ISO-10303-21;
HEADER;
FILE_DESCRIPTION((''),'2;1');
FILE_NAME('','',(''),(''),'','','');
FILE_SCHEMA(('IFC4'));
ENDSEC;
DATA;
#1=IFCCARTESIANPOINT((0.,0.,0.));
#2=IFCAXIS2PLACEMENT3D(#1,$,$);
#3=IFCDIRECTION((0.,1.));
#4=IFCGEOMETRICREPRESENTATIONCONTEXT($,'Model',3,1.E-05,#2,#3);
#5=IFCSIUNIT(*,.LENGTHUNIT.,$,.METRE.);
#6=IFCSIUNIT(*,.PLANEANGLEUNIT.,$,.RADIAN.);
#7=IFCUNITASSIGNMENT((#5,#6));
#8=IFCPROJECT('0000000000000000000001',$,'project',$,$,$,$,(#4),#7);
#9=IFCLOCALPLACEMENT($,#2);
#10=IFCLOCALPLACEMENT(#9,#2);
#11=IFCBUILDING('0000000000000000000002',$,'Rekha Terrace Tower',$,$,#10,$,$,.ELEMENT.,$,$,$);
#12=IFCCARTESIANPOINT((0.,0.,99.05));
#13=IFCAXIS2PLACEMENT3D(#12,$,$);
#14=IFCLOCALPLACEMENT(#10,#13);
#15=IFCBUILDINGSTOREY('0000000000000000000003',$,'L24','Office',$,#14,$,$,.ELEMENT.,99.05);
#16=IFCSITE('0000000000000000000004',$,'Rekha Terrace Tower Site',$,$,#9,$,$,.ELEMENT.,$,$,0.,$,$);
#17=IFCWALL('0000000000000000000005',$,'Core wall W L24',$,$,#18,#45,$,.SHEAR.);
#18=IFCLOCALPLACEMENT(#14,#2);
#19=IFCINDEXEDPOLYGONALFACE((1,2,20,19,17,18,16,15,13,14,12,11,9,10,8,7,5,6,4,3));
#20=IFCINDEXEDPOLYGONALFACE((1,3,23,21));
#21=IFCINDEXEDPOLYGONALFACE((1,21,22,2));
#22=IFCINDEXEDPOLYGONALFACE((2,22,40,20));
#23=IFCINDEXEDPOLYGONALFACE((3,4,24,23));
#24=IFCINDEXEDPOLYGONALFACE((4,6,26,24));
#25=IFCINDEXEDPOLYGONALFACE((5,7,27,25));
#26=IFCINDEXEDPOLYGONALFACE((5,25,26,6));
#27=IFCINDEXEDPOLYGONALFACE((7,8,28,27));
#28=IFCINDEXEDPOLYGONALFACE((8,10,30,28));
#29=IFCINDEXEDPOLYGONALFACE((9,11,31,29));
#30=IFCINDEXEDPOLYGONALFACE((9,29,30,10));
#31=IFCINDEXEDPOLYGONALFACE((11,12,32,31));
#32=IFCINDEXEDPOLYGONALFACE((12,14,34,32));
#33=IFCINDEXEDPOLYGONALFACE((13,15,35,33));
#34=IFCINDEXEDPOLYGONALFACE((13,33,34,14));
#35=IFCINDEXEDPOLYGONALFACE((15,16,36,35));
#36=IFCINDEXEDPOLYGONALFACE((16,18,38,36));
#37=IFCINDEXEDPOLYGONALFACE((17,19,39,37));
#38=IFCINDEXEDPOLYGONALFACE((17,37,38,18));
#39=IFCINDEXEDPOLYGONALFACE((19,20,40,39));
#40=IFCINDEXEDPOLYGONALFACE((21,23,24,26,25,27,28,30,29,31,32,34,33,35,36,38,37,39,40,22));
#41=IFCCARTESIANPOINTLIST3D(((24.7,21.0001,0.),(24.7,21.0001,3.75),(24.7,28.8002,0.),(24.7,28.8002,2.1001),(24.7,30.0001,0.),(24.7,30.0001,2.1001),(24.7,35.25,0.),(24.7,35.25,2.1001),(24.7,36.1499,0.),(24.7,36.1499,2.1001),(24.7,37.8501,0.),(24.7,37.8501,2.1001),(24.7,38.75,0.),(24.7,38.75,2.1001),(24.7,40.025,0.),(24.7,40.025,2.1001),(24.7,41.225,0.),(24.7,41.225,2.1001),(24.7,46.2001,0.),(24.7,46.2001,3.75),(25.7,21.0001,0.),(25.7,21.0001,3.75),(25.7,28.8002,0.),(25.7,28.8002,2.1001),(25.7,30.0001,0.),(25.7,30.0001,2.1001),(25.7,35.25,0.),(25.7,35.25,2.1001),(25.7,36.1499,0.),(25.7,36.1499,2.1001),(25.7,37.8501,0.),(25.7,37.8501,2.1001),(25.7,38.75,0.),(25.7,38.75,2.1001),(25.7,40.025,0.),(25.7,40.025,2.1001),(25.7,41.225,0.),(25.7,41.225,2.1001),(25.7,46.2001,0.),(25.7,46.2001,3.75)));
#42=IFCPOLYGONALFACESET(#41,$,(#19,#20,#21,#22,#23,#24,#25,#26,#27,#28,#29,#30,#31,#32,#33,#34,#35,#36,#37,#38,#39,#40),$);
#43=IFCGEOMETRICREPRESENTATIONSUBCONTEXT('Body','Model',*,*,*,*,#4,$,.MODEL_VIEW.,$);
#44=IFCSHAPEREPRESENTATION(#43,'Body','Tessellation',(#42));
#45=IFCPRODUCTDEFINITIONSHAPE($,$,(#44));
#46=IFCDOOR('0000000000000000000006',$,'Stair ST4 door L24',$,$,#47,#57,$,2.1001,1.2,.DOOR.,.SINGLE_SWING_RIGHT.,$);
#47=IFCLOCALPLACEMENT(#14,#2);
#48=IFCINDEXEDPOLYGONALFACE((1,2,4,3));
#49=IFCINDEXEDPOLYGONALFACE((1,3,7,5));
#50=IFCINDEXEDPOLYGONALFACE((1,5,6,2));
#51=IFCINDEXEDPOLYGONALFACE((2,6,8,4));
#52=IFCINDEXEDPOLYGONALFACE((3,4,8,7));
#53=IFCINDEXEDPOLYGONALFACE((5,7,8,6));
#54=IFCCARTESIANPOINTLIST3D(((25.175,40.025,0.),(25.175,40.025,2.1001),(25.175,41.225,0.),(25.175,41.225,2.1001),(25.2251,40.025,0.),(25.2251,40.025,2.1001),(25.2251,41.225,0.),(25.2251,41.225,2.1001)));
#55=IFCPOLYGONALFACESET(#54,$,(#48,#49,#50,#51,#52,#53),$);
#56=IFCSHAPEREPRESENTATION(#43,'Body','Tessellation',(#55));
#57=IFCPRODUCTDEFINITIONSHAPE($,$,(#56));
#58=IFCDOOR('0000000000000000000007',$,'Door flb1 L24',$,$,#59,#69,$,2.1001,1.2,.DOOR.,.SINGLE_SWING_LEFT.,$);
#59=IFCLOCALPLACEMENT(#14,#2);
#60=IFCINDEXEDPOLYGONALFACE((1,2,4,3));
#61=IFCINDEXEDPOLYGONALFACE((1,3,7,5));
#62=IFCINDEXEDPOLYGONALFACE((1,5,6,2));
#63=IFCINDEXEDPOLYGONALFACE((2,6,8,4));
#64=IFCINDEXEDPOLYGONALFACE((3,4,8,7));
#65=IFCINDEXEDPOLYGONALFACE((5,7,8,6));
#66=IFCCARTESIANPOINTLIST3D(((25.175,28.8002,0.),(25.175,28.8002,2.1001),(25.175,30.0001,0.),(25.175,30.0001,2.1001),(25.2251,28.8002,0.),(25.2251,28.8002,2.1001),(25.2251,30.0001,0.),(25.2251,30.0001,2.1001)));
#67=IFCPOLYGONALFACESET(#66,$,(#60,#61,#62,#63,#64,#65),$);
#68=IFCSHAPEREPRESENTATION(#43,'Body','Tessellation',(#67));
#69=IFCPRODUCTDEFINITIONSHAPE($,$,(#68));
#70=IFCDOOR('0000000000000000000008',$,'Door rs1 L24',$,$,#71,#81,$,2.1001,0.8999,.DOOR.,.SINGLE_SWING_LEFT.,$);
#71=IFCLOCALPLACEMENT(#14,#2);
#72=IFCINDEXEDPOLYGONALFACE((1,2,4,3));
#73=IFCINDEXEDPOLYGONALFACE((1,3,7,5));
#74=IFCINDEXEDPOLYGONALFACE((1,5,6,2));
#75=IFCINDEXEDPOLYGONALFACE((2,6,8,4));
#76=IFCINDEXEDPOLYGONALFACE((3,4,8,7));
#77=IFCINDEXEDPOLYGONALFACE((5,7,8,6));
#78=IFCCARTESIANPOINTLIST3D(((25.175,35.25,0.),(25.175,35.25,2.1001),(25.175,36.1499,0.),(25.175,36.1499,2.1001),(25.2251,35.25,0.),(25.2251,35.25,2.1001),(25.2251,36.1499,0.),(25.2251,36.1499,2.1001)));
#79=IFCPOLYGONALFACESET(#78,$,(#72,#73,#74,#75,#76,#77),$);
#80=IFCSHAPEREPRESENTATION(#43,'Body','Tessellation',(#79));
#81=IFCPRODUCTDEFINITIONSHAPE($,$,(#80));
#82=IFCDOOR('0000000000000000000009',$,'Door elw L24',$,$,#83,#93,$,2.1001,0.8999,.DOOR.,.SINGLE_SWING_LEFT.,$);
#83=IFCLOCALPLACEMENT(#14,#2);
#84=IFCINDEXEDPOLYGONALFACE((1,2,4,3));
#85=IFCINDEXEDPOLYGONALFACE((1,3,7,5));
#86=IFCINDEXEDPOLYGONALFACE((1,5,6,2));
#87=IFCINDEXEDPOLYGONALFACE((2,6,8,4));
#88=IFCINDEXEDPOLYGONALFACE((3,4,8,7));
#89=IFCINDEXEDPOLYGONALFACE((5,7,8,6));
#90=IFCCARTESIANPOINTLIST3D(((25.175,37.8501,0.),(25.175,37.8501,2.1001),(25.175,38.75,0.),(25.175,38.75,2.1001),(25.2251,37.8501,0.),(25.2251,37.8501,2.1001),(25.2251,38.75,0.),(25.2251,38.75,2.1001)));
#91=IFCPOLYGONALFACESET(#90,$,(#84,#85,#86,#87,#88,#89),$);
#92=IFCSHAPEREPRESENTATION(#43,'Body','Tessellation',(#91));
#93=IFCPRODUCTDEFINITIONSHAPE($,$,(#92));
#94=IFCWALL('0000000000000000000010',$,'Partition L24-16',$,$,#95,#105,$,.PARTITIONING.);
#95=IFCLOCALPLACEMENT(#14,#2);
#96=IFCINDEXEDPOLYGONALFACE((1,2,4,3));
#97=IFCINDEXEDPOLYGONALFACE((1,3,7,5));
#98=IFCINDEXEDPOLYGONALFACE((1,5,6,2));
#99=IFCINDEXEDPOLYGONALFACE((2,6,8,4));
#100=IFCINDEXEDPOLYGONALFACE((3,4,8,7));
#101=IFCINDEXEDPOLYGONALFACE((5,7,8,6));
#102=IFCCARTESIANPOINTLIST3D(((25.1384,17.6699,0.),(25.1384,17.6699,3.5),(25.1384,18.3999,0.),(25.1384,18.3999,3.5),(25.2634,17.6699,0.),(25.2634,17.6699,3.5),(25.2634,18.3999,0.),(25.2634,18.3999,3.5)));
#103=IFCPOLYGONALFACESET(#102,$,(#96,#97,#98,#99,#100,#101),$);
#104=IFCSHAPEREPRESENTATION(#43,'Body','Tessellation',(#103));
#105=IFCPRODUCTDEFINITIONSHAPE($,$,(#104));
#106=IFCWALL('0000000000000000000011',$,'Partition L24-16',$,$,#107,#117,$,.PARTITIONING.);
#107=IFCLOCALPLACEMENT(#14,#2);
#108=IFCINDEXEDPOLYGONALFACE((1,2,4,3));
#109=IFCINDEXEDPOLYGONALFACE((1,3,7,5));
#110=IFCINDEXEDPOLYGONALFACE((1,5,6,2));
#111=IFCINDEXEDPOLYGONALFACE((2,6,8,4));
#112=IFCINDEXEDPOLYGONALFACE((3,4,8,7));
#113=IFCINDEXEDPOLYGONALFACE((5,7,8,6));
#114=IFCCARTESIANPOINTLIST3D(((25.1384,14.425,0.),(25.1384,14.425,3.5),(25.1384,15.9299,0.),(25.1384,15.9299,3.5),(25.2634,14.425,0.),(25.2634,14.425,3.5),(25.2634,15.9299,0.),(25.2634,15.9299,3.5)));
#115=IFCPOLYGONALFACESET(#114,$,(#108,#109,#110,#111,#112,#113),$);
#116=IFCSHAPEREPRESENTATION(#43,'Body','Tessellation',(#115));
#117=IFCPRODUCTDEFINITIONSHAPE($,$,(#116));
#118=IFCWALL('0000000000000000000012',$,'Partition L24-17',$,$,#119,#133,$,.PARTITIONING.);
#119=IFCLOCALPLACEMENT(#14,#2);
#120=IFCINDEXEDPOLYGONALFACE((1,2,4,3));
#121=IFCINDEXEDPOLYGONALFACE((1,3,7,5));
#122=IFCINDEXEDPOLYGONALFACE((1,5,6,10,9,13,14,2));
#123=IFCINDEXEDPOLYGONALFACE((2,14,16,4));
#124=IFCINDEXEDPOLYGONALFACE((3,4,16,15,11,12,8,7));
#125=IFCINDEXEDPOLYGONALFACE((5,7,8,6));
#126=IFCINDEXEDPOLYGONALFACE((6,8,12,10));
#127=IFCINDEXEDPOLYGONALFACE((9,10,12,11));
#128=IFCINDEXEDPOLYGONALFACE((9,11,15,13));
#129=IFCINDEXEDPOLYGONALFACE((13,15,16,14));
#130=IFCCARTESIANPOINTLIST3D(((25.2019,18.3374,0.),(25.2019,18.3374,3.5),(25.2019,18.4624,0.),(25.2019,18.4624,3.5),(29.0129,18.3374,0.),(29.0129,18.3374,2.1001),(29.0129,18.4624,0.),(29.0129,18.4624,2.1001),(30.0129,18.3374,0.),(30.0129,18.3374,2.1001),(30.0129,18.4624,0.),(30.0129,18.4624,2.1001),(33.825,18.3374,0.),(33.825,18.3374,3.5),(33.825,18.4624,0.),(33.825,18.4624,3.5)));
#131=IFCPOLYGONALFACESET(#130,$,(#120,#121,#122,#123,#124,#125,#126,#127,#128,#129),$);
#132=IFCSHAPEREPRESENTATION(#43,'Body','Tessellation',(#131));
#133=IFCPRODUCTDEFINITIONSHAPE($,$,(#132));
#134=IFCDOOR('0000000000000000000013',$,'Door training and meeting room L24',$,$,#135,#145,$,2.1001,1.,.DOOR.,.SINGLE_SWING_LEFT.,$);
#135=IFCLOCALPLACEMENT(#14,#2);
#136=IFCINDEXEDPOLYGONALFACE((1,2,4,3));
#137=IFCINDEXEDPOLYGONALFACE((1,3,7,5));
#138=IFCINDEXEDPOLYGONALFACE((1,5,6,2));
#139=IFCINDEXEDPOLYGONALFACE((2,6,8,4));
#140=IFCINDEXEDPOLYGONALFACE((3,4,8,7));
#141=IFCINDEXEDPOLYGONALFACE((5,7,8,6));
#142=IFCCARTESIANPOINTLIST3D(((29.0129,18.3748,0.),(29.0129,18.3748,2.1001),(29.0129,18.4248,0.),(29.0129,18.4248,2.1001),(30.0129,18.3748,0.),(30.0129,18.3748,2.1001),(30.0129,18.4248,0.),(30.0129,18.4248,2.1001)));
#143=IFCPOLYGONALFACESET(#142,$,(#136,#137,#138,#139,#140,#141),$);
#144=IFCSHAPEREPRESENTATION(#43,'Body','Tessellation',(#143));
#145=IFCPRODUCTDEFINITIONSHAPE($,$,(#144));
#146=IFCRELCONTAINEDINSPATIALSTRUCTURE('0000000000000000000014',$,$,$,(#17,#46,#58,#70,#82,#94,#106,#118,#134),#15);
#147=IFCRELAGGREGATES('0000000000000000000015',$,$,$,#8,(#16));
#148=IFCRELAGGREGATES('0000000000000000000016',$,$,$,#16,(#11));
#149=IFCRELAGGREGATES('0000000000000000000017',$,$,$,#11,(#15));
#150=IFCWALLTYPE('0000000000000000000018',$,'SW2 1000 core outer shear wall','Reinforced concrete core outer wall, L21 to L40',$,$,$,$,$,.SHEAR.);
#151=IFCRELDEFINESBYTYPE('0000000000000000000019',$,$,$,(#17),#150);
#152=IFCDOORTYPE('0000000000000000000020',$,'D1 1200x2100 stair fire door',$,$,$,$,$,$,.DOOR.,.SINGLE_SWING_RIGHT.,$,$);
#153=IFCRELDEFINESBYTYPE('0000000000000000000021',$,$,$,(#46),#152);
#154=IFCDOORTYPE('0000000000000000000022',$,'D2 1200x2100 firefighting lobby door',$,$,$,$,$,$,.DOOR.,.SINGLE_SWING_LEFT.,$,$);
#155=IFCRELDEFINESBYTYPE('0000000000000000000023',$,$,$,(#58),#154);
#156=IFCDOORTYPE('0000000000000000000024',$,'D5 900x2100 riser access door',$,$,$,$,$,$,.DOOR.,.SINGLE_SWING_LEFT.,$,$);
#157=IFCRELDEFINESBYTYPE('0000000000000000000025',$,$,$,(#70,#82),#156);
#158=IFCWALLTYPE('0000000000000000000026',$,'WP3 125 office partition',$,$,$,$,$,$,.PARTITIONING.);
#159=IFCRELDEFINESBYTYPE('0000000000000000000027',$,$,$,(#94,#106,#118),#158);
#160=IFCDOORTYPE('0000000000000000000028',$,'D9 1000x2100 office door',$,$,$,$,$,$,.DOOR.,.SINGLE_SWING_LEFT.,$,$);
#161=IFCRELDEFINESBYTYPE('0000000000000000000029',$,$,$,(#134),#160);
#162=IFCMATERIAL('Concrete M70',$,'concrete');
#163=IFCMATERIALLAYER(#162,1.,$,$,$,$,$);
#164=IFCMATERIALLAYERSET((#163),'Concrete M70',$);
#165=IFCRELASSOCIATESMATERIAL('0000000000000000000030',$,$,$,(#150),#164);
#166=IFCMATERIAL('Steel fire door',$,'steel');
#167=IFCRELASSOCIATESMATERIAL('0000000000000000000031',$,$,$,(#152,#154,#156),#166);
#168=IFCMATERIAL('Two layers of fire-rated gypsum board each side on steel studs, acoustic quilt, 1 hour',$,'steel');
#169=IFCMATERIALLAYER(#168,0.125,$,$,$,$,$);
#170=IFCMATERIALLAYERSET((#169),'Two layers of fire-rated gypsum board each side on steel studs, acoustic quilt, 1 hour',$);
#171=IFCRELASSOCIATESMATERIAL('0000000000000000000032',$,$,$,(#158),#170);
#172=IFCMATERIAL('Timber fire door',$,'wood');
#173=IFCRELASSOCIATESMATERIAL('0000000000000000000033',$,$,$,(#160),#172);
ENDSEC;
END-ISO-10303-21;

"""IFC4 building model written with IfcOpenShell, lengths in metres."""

from ifc_helpers import new_model, si_unit, direction, frame, frame_2d, origin, place, context, subcontext, project, spatial, rectangle, extrude, material, layer, layer_set, type_object, element, fill, save


model = new_model("IFC4")

# Units and contexts
model_context = context("Model", 3, precision=1e-05, world=origin(), true_north=direction((0.0, 1.0)))
body_context = subcontext(model_context, "Body", "Model", "MODEL_VIEW")
ifc_project = project(units=[si_unit("LENGTHUNIT", "METRE"), si_unit("PLANEANGLEUNIT", "RADIAN")], contexts=[model_context])

# Site, building, storey
site_placement = place(None, origin())
site = spatial("IfcSite", under=ifc_project, at=site_placement, Name="Rekha Terrace Tower Site", CompositionType="ELEMENT", RefElevation=0.0)
building_placement = place(site_placement, origin())
building = spatial("IfcBuilding", under=site, at=building_placement, Name="Rekha Terrace Tower", CompositionType="ELEMENT")
storey_placement = place(building_placement, frame((0.0, 0.0, 99.05)))
storey = spatial("IfcBuildingStorey", under=building, at=storey_placement, Name="L24", Description="Office", CompositionType="ELEMENT", Elevation=99.05)

# Shared definitions
ifc_material_1 = material(Name="Concrete M70", Category="concrete")

# Shared definitions
ifc_layer_1 = layer(ifc_material_1, 1.0)
ifc_layer_set_1 = layer_set([ifc_layer_1], Name="Concrete M70")
wall_type_1 = type_object("IfcWallType", Name="SW2 1000 core outer shear wall", Description="Reinforced concrete core outer wall, L21 to L40", PredefinedType="SHEAR", material=ifc_layer_set_1)

# Wall, openings, doors
wall_1_placement = place(storey_placement, frame((25.2, 21.0, 0.0), z_axis=(0.0, 0.0, 1.0), x_axis=(0.0, 1.0, 0.0)))
wall_1 = element("IfcWall", 1, at=wall_1_placement, inside=storey, type_object=wall_type_1, Name="Core wall W L24", PredefinedType="SHEAR", context=body_context, shape_type="SweptSolid", body=[
    extrude(rectangle(XDim=25.2, YDim=1.0, at=frame_2d((12.6001, 0.0))), origin(), (0.0, 0.0, 1.0), 3.75),
])
opening_1_placement = place(wall_1_placement, frame((7.8, 0.0, 0.0)))
opening_1 = element("IfcOpeningElement", 2, at=opening_1_placement, cuts=wall_1, PredefinedType="OPENING", context=body_context, shape_type="SweptSolid", body=[
    extrude(rectangle(XDim=1.2, YDim=2.1001, at=frame_2d((0.6001, 1.05))), frame((0.0, 0.51, 0.0), z_axis=(0.0, -1.0, 0.0), x_axis=(1.0, 0.0, 0.0)), (0.0, 0.0, 1.0), 1.02),
])
opening_2_placement = place(wall_1_placement, frame((14.25, 0.0, 0.0)))
opening_2 = element("IfcOpeningElement", 3, at=opening_2_placement, cuts=wall_1, PredefinedType="OPENING", context=body_context, shape_type="SweptSolid", body=[
    extrude(rectangle(XDim=0.8999, YDim=2.1001, at=frame_2d((0.45, 1.05))), frame((0.0, 0.51, 0.0), z_axis=(0.0, -1.0, 0.0), x_axis=(1.0, 0.0, 0.0)), (0.0, 0.0, 1.0), 1.02),
])
opening_3_placement = place(wall_1_placement, frame((16.8501, 0.0, 0.0)))
opening_3 = element("IfcOpeningElement", 4, at=opening_3_placement, cuts=wall_1, PredefinedType="OPENING", context=body_context, shape_type="SweptSolid", body=[
    extrude(rectangle(XDim=0.8999, YDim=2.1001, at=frame_2d((0.45, 1.05))), frame((0.0, 0.51, 0.0), z_axis=(0.0, -1.0, 0.0), x_axis=(1.0, 0.0, 0.0)), (0.0, 0.0, 1.0), 1.02),
])
opening_4_placement = place(wall_1_placement, frame((19.0249, 0.0, 0.0)))
opening_4 = element("IfcOpeningElement", 5, at=opening_4_placement, cuts=wall_1, PredefinedType="OPENING", context=body_context, shape_type="SweptSolid", body=[
    extrude(rectangle(XDim=1.2, YDim=2.1001, at=frame_2d((0.6001, 1.05))), frame((0.0, 0.51, 0.0), z_axis=(0.0, -1.0, 0.0), x_axis=(1.0, 0.0, 0.0)), (0.0, 0.0, 1.0), 1.02),
])
ifc_material_2 = material(Name="Steel fire door", Category="steel")
door_type_1 = type_object("IfcDoorType", Name="D1 1200x2100 stair fire door", OperationType="SINGLE_SWING_RIGHT", PredefinedType="DOOR", material=ifc_material_2)
door_1_placement = place(opening_4_placement, origin())
door_1 = element("IfcDoor", 6, at=door_1_placement, inside=storey, type_object=door_type_1, Name="Stair ST4 door L24", OperationType="SINGLE_SWING_RIGHT", OverallHeight=2.1001, OverallWidth=1.2, PredefinedType="DOOR", context=body_context, shape_type="SweptSolid", body=[
    extrude(rectangle(XDim=1.2, YDim=2.1001, at=frame_2d((0.6001, 1.05))), frame((0.0, 0.0249, 0.0), z_axis=(0.0, -1.0, 0.0), x_axis=(1.0, 0.0, 0.0)), (0.0, 0.0, 1.0), 0.05),
])
fill(opening_4, door_1)
door_type_2 = type_object("IfcDoorType", Name="D2 1200x2100 firefighting lobby door", OperationType="SINGLE_SWING_LEFT", PredefinedType="DOOR", material=ifc_material_2)
door_2_placement = place(opening_1_placement, origin())
door_2 = element("IfcDoor", 7, at=door_2_placement, inside=storey, type_object=door_type_2, Name="Door flb1 L24", OperationType="SINGLE_SWING_LEFT", OverallHeight=2.1001, OverallWidth=1.2, PredefinedType="DOOR", context=body_context, shape_type="SweptSolid", body=[
    extrude(rectangle(XDim=1.2, YDim=2.1001, at=frame_2d((0.6001, 1.05))), frame((0.0, 0.0249, 0.0), z_axis=(0.0, -1.0, 0.0), x_axis=(1.0, 0.0, 0.0)), (0.0, 0.0, 1.0), 0.05),
])
fill(opening_1, door_2)
door_type_3 = type_object("IfcDoorType", Name="D5 900x2100 riser access door", OperationType="SINGLE_SWING_LEFT", PredefinedType="DOOR", material=ifc_material_2)
door_3_placement = place(opening_2_placement, origin())
door_3 = element("IfcDoor", 8, at=door_3_placement, inside=storey, type_object=door_type_3, Name="Door rs1 L24", OperationType="SINGLE_SWING_LEFT", OverallHeight=2.1001, OverallWidth=0.8999, PredefinedType="DOOR", context=body_context, shape_type="SweptSolid", body=[
    extrude(rectangle(XDim=0.8999, YDim=2.1001, at=frame_2d((0.45, 1.05))), frame((0.0, 0.0249, 0.0), z_axis=(0.0, -1.0, 0.0), x_axis=(1.0, 0.0, 0.0)), (0.0, 0.0, 1.0), 0.05),
])
fill(opening_2, door_3)
door_4_placement = place(opening_3_placement, origin())
door_4 = element("IfcDoor", 9, at=door_4_placement, inside=storey, type_object=door_type_3, Name="Door elw L24", OperationType="SINGLE_SWING_LEFT", OverallHeight=2.1001, OverallWidth=0.8999, PredefinedType="DOOR", context=body_context, shape_type="SweptSolid", body=[
    extrude(rectangle(XDim=0.8999, YDim=2.1001, at=frame_2d((0.45, 1.05))), frame((0.0, 0.0249, 0.0), z_axis=(0.0, -1.0, 0.0), x_axis=(1.0, 0.0, 0.0)), (0.0, 0.0, 1.0), 0.05),
])
fill(opening_3, door_4)

# Walls
ifc_material_3 = material(Name="Two layers of fire-rated gypsum board each side on steel studs, acoustic quilt, 1 hour", Category="steel")
ifc_layer_2 = layer(ifc_material_3, 0.125)
ifc_layer_set_2 = layer_set([ifc_layer_2], Name="Two layers of fire-rated gypsum board each side on steel studs, acoustic quilt, 1 hour")
wall_type_2 = type_object("IfcWallType", Name="WP3 125 office partition", PredefinedType="PARTITIONING", material=ifc_layer_set_2)
wall_2_placement = place(storey_placement, frame((25.2009, 18.3999, 0.0), z_axis=(0.0, 0.0, 1.0), x_axis=(0.0, -1.0, 0.0)))
element("IfcWall", 10, at=wall_2_placement, inside=storey, type_object=wall_type_2, Name="Partition L24-16", PredefinedType="PARTITIONING", context=body_context, shape_type="SweptSolid", body=[
    extrude(rectangle(XDim=0.73, YDim=0.125, at=frame_2d((0.365, 0.0))), origin(), (0.0, 0.0, 1.0), 3.5),
])
wall_3_placement = place(storey_placement, frame((25.2009, 15.9299, 0.0), z_axis=(0.0, 0.0, 1.0), x_axis=(0.0, -1.0, 0.0)))
element("IfcWall", 11, at=wall_3_placement, inside=storey, type_object=wall_type_2, Name="Partition L24-16", PredefinedType="PARTITIONING", context=body_context, shape_type="SweptSolid", body=[
    extrude(rectangle(XDim=1.5049, YDim=0.125, at=frame_2d((0.7524, 0.0))), origin(), (0.0, 0.0, 1.0), 3.5),
])

# Wall, opening, door
wall_4_placement = place(storey_placement, frame((25.2019, 18.3999, 0.0), z_axis=(0.0, 0.0, 1.0), x_axis=(1.0, 0.0, 0.0)))
wall_4 = element("IfcWall", 12, at=wall_4_placement, inside=storey, type_object=wall_type_2, Name="Partition L24-17", PredefinedType="PARTITIONING", context=body_context, shape_type="SweptSolid", body=[
    extrude(rectangle(XDim=8.623, YDim=0.125, at=frame_2d((4.3115, 0.0))), origin(), (0.0, 0.0, 1.0), 3.5),
])
opening_5_placement = place(wall_4_placement, frame((3.811, 0.0, 0.0)))
opening_5 = element("IfcOpeningElement", 13, at=opening_5_placement, cuts=wall_4, PredefinedType="OPENING", context=body_context, shape_type="SweptSolid", body=[
    extrude(rectangle(XDim=1.0, YDim=2.1001, at=frame_2d((0.5, 1.05))), frame((0.0, 0.0725, 0.0), z_axis=(0.0, -1.0, 0.0), x_axis=(1.0, 0.0, 0.0)), (0.0, 0.0, 1.0), 0.145),
])
ifc_material_4 = material(Name="Timber fire door", Category="wood")
door_type_4 = type_object("IfcDoorType", Name="D9 1000x2100 office door", OperationType="SINGLE_SWING_LEFT", PredefinedType="DOOR", material=ifc_material_4)
door_5_placement = place(opening_5_placement, origin())
door_5 = element("IfcDoor", 14, at=door_5_placement, inside=storey, type_object=door_type_4, Name="Door training and meeting room L24", OperationType="SINGLE_SWING_LEFT", OverallHeight=2.1001, OverallWidth=1.0, PredefinedType="DOOR", context=body_context, shape_type="SweptSolid", body=[
    extrude(rectangle(XDim=1.0, YDim=2.1001, at=frame_2d((0.5, 1.05))), frame((0.0, 0.0249, 0.0), z_axis=(0.0, -1.0, 0.0), x_axis=(1.0, 0.0, 0.0)), (0.0, 0.0, 1.0), 0.05),
])
fill(opening_5, door_5)

save(model, "model.ifc")
